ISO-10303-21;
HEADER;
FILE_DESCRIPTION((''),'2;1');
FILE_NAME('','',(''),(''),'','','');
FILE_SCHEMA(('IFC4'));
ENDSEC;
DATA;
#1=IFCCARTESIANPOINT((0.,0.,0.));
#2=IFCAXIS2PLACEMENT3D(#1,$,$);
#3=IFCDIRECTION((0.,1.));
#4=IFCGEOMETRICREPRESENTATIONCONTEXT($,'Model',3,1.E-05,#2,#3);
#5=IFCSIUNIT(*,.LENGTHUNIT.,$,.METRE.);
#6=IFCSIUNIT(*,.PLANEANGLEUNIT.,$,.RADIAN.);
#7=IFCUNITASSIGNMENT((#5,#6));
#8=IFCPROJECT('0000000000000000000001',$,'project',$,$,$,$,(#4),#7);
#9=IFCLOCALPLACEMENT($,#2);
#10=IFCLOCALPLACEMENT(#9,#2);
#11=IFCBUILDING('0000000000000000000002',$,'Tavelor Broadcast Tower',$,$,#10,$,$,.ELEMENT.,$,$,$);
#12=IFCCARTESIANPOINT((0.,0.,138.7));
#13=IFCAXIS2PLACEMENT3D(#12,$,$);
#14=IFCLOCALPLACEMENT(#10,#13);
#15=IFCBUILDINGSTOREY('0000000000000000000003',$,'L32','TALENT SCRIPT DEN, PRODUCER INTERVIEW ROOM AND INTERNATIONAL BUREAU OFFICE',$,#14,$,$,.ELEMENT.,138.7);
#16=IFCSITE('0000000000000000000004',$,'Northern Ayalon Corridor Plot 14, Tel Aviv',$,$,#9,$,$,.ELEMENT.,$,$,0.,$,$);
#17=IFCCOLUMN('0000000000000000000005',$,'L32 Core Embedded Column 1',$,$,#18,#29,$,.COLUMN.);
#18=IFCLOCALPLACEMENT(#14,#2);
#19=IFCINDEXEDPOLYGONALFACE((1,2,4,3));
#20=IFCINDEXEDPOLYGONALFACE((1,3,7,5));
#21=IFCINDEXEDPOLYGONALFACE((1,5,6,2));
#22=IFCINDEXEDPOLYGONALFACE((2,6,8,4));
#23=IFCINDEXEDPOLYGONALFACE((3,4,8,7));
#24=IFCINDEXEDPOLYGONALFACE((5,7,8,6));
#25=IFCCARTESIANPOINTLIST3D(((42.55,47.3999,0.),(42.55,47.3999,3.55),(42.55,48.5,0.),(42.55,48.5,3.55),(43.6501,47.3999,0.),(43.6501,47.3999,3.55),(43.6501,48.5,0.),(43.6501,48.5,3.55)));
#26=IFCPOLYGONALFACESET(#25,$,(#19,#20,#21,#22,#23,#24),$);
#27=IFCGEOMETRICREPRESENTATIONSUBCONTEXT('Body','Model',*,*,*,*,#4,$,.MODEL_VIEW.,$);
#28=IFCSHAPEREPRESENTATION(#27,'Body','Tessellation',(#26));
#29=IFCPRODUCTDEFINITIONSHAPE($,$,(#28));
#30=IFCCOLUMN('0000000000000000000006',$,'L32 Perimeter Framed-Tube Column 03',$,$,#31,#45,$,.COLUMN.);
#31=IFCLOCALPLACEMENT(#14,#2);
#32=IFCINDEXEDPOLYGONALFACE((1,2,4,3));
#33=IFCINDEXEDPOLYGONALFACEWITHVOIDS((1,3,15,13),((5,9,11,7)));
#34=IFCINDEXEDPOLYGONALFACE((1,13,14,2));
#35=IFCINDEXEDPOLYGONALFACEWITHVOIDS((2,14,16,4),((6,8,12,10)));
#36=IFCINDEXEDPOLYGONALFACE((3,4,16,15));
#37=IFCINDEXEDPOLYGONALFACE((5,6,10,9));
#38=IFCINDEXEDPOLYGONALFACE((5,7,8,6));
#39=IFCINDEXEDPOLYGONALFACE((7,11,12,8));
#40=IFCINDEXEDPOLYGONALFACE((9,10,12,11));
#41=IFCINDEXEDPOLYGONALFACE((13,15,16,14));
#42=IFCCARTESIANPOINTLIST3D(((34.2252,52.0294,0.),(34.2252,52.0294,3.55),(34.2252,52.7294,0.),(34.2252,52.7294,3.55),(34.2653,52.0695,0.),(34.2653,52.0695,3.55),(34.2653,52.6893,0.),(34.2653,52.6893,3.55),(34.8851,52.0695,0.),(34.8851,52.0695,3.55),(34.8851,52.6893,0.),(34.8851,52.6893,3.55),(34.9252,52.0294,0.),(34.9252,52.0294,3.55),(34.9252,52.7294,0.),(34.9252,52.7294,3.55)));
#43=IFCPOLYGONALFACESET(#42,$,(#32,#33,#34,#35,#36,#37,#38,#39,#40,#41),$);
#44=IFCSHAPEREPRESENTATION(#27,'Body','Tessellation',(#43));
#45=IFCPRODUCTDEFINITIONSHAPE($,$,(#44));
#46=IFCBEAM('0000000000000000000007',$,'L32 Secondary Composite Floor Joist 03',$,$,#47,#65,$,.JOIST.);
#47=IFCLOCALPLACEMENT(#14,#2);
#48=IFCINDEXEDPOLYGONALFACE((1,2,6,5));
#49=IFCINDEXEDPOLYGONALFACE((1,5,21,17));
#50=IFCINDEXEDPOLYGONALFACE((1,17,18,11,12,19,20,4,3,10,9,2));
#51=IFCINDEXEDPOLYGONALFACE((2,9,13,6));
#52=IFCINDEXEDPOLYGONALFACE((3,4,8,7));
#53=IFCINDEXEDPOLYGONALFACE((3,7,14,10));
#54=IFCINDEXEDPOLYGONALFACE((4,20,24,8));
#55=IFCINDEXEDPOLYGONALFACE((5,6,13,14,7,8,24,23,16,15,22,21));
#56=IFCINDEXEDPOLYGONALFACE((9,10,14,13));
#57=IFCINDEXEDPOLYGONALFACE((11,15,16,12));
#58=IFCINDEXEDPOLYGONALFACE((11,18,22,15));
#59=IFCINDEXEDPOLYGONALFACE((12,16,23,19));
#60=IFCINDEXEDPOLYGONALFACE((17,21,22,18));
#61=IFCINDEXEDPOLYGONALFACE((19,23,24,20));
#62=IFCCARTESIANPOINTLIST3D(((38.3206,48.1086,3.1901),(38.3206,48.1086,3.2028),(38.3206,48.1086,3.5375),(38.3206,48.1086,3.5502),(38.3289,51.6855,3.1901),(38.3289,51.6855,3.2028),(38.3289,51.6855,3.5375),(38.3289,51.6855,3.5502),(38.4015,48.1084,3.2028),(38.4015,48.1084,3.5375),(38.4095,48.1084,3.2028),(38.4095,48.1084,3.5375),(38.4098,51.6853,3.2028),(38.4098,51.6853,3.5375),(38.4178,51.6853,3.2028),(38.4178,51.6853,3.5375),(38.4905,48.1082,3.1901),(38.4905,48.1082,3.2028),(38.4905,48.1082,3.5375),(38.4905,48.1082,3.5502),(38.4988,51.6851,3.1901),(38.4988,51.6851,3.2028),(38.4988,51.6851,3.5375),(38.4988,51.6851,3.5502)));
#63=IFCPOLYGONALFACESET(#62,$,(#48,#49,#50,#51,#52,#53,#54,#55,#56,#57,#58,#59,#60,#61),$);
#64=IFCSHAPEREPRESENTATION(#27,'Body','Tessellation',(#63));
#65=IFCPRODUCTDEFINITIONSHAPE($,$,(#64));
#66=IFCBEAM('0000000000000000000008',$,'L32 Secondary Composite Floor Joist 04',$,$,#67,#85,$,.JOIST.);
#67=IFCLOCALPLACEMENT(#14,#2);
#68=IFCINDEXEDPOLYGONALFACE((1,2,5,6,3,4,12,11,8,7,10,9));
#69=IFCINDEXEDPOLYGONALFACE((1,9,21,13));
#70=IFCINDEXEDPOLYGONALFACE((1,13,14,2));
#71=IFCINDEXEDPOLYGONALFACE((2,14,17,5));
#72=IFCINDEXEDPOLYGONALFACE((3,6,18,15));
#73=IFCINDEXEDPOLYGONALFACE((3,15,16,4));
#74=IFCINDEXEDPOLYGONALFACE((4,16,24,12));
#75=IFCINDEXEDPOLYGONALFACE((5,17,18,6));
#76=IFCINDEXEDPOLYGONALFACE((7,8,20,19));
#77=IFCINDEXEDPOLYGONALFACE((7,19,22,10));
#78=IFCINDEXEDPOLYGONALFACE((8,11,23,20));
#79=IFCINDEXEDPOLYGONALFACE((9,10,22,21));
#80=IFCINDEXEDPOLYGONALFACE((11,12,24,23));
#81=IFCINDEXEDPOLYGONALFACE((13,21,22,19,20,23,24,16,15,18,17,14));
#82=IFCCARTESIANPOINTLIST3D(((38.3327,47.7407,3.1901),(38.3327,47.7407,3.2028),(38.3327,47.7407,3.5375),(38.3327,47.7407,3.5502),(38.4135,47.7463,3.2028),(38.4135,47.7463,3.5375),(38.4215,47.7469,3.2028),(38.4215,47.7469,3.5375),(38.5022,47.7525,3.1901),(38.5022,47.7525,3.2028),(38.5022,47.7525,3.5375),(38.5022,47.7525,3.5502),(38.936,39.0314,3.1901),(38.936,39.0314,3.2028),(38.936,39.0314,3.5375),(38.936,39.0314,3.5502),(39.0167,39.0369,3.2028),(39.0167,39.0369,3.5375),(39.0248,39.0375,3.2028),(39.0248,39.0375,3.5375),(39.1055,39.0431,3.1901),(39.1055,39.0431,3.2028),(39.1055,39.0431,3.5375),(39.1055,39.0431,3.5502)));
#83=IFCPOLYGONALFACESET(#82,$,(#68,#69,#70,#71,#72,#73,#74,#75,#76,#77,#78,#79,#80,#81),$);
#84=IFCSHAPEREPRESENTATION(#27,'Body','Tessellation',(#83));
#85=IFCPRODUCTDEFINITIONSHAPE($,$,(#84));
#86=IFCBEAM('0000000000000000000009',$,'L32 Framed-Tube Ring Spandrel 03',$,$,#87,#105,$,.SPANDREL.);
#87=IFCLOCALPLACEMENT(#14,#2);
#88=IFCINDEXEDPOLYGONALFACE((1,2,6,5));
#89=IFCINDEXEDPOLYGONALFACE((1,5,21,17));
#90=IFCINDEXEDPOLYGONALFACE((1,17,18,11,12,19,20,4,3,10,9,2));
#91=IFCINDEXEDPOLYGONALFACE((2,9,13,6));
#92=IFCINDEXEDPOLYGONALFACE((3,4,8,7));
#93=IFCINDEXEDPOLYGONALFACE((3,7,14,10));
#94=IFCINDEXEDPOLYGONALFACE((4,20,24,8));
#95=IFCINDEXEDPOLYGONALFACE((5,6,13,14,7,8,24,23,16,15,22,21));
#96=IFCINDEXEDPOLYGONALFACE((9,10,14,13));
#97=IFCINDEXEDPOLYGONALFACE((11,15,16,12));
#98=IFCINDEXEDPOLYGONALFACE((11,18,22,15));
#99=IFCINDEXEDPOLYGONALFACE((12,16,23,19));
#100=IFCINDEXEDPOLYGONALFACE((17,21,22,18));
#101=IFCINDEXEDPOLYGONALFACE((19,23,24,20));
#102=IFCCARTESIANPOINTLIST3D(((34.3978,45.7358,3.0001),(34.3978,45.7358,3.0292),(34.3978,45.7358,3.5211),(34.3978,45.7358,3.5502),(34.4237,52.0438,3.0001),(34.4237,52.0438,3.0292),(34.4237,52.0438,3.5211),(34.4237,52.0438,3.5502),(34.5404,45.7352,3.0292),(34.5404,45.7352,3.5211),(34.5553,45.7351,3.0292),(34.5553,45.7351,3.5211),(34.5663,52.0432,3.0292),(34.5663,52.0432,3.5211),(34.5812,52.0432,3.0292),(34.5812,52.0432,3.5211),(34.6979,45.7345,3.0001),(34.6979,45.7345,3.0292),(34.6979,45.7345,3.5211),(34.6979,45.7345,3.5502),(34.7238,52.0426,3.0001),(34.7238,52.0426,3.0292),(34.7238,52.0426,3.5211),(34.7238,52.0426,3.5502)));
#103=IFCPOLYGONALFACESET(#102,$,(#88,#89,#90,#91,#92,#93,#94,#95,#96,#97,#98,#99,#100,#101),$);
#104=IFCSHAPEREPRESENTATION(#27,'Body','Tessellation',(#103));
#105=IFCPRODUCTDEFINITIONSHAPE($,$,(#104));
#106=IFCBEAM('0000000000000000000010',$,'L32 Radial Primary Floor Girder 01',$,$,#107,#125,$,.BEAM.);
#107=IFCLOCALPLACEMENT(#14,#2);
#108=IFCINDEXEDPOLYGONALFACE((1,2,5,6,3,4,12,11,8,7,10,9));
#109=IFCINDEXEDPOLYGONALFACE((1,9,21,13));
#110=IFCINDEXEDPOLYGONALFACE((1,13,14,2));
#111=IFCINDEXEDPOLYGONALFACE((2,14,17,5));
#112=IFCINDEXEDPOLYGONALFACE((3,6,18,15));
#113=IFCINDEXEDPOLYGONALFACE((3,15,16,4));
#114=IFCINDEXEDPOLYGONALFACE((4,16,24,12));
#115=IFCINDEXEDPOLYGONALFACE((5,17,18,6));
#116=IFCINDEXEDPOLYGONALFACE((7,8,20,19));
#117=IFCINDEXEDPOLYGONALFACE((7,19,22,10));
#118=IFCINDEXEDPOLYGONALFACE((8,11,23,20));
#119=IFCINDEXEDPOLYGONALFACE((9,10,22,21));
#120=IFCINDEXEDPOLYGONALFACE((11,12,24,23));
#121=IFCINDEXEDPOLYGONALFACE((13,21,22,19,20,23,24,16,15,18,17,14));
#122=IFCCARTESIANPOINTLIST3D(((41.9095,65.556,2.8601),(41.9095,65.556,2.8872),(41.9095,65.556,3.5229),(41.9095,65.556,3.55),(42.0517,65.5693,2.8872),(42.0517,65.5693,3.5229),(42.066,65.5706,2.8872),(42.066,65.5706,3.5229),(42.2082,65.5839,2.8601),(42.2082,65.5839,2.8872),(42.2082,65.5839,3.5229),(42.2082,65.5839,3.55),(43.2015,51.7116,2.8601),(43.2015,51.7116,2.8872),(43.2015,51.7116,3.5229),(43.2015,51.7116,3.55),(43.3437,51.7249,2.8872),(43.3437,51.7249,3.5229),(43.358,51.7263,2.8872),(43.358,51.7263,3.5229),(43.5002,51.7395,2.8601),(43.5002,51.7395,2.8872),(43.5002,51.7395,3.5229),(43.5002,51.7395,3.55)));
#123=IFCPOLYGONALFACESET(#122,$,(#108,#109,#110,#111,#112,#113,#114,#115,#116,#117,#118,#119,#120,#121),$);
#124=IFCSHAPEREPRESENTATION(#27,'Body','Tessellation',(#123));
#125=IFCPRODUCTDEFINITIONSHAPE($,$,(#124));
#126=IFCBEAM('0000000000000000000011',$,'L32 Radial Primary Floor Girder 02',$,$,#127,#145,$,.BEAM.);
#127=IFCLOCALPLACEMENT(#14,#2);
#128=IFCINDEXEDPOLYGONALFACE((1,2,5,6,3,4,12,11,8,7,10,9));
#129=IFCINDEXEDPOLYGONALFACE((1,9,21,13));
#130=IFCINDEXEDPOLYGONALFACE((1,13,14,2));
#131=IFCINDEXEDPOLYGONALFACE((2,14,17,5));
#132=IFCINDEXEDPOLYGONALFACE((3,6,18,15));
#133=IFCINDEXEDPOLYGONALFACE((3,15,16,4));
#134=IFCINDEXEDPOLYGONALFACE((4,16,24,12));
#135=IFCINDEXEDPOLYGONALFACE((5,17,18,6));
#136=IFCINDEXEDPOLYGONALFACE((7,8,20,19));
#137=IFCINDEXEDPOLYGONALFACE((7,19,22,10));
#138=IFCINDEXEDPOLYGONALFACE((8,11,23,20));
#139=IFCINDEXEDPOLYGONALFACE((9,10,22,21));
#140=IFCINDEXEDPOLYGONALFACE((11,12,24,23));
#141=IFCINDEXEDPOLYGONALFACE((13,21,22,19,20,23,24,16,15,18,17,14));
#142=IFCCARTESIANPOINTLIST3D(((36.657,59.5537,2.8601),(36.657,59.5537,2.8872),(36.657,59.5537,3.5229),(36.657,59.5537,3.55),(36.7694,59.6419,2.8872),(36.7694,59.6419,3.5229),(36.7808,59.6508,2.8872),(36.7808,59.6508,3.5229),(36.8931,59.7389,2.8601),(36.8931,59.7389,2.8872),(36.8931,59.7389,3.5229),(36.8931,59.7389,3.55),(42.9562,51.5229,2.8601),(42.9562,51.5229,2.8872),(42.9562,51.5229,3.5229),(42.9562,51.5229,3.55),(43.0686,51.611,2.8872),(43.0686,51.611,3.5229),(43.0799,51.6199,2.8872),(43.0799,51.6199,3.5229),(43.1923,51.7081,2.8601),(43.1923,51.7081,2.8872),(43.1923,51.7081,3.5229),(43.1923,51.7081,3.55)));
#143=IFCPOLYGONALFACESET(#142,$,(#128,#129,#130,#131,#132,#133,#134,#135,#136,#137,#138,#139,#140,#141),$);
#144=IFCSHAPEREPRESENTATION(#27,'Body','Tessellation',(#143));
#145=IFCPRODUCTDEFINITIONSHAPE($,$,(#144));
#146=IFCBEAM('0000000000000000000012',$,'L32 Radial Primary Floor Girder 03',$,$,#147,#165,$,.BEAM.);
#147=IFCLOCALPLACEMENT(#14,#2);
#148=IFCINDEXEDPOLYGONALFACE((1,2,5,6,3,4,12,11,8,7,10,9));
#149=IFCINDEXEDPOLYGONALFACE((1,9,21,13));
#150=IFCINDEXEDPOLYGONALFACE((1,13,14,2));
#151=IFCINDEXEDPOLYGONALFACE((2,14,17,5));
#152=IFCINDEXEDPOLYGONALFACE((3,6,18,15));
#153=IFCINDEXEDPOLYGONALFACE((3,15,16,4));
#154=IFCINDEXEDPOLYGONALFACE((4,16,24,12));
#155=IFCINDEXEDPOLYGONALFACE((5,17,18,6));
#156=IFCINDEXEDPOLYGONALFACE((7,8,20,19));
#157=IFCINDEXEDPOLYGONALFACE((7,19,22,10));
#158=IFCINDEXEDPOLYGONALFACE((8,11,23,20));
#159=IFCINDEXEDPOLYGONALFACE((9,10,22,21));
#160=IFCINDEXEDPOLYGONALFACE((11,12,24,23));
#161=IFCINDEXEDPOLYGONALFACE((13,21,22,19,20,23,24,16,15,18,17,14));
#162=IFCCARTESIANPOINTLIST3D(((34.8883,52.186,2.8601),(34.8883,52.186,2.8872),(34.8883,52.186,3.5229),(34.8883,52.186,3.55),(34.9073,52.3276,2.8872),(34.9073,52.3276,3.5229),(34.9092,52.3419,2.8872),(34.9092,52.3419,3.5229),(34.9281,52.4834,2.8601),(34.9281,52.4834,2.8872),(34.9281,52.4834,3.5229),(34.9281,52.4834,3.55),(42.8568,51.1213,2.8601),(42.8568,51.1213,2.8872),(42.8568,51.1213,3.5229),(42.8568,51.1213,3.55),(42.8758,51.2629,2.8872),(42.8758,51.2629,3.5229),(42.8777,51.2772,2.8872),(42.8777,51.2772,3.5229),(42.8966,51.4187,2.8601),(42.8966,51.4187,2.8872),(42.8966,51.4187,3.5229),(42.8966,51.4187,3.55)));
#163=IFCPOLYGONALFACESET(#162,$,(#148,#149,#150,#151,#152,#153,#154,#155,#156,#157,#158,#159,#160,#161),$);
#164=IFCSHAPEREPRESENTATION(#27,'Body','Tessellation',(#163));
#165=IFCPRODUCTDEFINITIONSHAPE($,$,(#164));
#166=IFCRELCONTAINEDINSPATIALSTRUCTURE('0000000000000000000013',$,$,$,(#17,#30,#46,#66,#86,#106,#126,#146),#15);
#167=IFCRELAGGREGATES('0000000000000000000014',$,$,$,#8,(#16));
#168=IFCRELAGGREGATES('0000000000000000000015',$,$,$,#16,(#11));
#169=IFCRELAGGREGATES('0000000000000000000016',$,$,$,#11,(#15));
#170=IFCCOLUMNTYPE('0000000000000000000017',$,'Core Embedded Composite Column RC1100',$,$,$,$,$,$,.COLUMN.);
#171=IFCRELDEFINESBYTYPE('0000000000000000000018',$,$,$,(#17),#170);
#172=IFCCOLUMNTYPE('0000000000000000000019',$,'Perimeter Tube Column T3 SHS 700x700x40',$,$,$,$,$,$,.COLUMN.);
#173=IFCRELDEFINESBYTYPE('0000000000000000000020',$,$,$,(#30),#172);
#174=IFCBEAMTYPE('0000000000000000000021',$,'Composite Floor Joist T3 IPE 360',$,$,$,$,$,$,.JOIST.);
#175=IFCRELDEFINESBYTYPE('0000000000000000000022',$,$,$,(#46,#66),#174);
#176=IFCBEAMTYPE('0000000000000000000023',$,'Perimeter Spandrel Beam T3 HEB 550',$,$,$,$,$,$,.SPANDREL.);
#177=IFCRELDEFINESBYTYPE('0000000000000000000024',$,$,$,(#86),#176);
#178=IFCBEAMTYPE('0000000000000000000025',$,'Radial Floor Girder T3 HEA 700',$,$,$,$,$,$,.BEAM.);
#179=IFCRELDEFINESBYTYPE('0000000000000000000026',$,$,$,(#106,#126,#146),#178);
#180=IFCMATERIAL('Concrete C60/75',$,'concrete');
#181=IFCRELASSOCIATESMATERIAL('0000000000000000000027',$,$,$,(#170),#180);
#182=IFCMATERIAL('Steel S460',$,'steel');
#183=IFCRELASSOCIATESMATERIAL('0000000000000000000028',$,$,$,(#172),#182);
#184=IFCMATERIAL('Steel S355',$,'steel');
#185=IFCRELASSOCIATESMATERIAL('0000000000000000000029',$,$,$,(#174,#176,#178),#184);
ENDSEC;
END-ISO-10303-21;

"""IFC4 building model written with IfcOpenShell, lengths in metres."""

from ifc_helpers import new_model, si_unit, direction, frame, origin, origin_2d, place, context, subcontext, project, spatial, rectangle, hollow_rectangle, i_section, extrude, material, material_profile, profile_set, type_object, element, save


model = new_model("IFC4")

# Units and contexts
model_context = context("Model", 3, precision=1e-05, world=origin(), true_north=direction((0.0, 1.0)))
body_context = subcontext(model_context, "Body", "Model", "MODEL_VIEW")
ifc_project = project(units=[si_unit("LENGTHUNIT", "METRE"), si_unit("PLANEANGLEUNIT", "RADIAN")], contexts=[model_context])

# Site, building, storey
site_placement = place(None, origin())
site = spatial("IfcSite", under=ifc_project, at=site_placement, Name="Northern Ayalon Corridor Plot 14, Tel Aviv", CompositionType="ELEMENT", RefElevation=0.0)
building_placement = place(site_placement, origin())
building = spatial("IfcBuilding", under=site, at=building_placement, Name="Tavelor Broadcast Tower", CompositionType="ELEMENT")
storey_placement = place(building_placement, frame((0.0, 0.0, 138.7)))
storey = spatial("IfcBuildingStorey", under=building, at=storey_placement, Name="L32", Description="TALENT SCRIPT DEN, PRODUCER INTERVIEW ROOM AND INTERNATIONAL BUREAU OFFICE", CompositionType="ELEMENT", Elevation=138.7)

# Columns
ifc_material_1 = material(Name="Concrete C60/75", Category="concrete")
ifc_material_profile_1 = material_profile(ifc_material_1, rectangle(XDim=1.1001, YDim=1.1001, at=origin_2d()), Name="RC 1100x1100")
ifc_profile_set_1 = profile_set([ifc_material_profile_1], Name="Concrete C60/75")
column_type_1 = type_object("IfcColumnType", Name="Core Embedded Composite Column RC1100", PredefinedType="COLUMN", material=ifc_profile_set_1)
column_1_placement = place(storey_placement, frame((43.1001, 47.95, 0.0), z_axis=(0.0, 0.0, 1.0), x_axis=(1.0, 0.0, 0.0)))
element("IfcColumn", 1, at=column_1_placement, inside=storey, type_object=column_type_1, Name="L32 Core Embedded Column 1", PredefinedType="COLUMN", context=body_context, shape_type="SweptSolid", body=[
    extrude(rectangle(XDim=1.1001, YDim=1.1001, at=origin_2d()), origin(), (0.0, 0.0, 1.0), 3.55),
])
ifc_material_2 = material(Name="Steel S460", Category="steel")
ifc_material_profile_2 = material_profile(ifc_material_2, hollow_rectangle(XDim=0.7, YDim=0.7, WallThickness=0.04, at=origin_2d()), Name="SHS 700x700x40")
ifc_profile_set_2 = profile_set([ifc_material_profile_2], Name="Steel S460")
column_type_2 = type_object("IfcColumnType", Name="Perimeter Tube Column T3 SHS 700x700x40", PredefinedType="COLUMN", material=ifc_profile_set_2)
column_2_placement = place(storey_placement, frame((34.5752, 52.3794, 0.0), z_axis=(0.0, 0.0, 1.0), x_axis=(1.0, 0.0, 0.0)))
element("IfcColumn", 2, at=column_2_placement, inside=storey, type_object=column_type_2, Name="L32 Perimeter Framed-Tube Column 03", PredefinedType="COLUMN", context=body_context, shape_type="SweptSolid", body=[
    extrude(hollow_rectangle(XDim=0.7, YDim=0.7, WallThickness=0.04, at=origin_2d()), origin(), (0.0, 0.0, 1.0), 3.55),
])

# Beams
ifc_material_3 = material(Name="Steel S355", Category="steel")
ifc_material_profile_3 = material_profile(ifc_material_3, i_section(OverallWidth=0.1699, OverallDepth=0.3601, WebThickness=0.0081, FlangeThickness=0.0127, at=origin_2d()), Name="IPE 360")
ifc_profile_set_3 = profile_set([ifc_material_profile_3], Name="Steel S355")
beam_type_1 = type_object("IfcBeamType", Name="Composite Floor Joist T3 IPE 360", PredefinedType="JOIST", material=ifc_profile_set_3)
beam_1_placement = place(storey_placement, frame((38.4138, 51.6853, 3.3701), z_axis=(-0.002321, -0.999997, 0.0), x_axis=(0.999997, -0.002321, 0.0)))
element("IfcBeam", 3, at=beam_1_placement, inside=storey, type_object=beam_type_1, Name="L32 Secondary Composite Floor Joist 03", PredefinedType="JOIST", context=body_context, shape_type="SweptSolid", body=[
    extrude(i_section(OverallWidth=0.1699, OverallDepth=0.3601, WebThickness=0.0081, FlangeThickness=0.0127, at=origin_2d()), origin(), (0.0, 0.0, 1.0), 3.5769),
])
beam_2_placement = place(storey_placement, frame((38.4175, 47.7466, 3.3701), z_axis=(0.069101, -0.99761, 0.0), x_axis=(0.99761, 0.069101, 0.0)))
element("IfcBeam", 4, at=beam_2_placement, inside=storey, type_object=beam_type_1, Name="L32 Secondary Composite Floor Joist 04", PredefinedType="JOIST", context=body_context, shape_type="SweptSolid", body=[
    extrude(i_section(OverallWidth=0.1699, OverallDepth=0.3601, WebThickness=0.0081, FlangeThickness=0.0127, at=origin_2d()), origin(), (0.0, 0.0, 1.0), 8.7302),
])
ifc_material_profile_4 = material_profile(ifc_material_3, i_section(OverallWidth=0.3, OverallDepth=0.55, WebThickness=0.0149, FlangeThickness=0.0291, at=origin_2d()), Name="HEB 550")
ifc_profile_set_4 = profile_set([ifc_material_profile_4], Name="Steel S355")
beam_type_2 = type_object("IfcBeamType", Name="Perimeter Spandrel Beam T3 HEB 550", PredefinedType="SPANDREL", material=ifc_profile_set_4)
beam_3_placement = place(storey_placement, frame((34.5737, 52.0432, 3.2751), z_axis=(-0.004102, -0.999992, 0.0), x_axis=(0.999992, -0.004102, 0.0)))
element("IfcBeam", 5, at=beam_3_placement, inside=storey, type_object=beam_type_2, Name="L32 Framed-Tube Ring Spandrel 03", PredefinedType="SPANDREL", context=body_context, shape_type="SweptSolid", body=[
    extrude(i_section(OverallWidth=0.3, OverallDepth=0.55, WebThickness=0.0149, FlangeThickness=0.0291, at=origin_2d()), origin(), (0.0, 0.0, 1.0), 6.3081),
])
ifc_material_profile_5 = material_profile(ifc_material_3, i_section(OverallWidth=0.3, OverallDepth=0.6899, WebThickness=0.0144, FlangeThickness=0.0271, at=origin_2d()), Name="HEA 700")
ifc_profile_set_5 = profile_set([ifc_material_profile_5], Name="Steel S355")
beam_type_3 = type_object("IfcBeamType", Name="Radial Floor Girder T3 HEA 700", PredefinedType="BEAM", material=ifc_profile_set_5)
beam_4_placement = place(storey_placement, frame((43.3508, 51.7256, 3.2051), z_axis=(-0.092918, 0.995674, 0.0), x_axis=(-0.995674, -0.092918, 0.0)))
element("IfcBeam", 6, at=beam_4_placement, inside=storey, type_object=beam_type_3, Name="L32 Radial Primary Floor Girder 01", PredefinedType="BEAM", context=body_context, shape_type="SweptSolid", body=[
    extrude(i_section(OverallWidth=0.3, OverallDepth=0.6899, WebThickness=0.0144, FlangeThickness=0.0271, at=origin_2d()), origin(), (0.0, 0.0, 1.0), 13.9045),
])
beam_5_placement = place(storey_placement, frame((43.0742, 51.6155, 3.2051), z_axis=(-0.617166, 0.786833, 0.0), x_axis=(-0.786833, -0.617166, 0.0)))
element("IfcBeam", 7, at=beam_5_placement, inside=storey, type_object=beam_type_3, Name="L32 Radial Primary Floor Girder 02", PredefinedType="BEAM", context=body_context, shape_type="SweptSolid", body=[
    extrude(i_section(OverallWidth=0.3, OverallDepth=0.6899, WebThickness=0.0144, FlangeThickness=0.0271, at=origin_2d()), origin(), (0.0, 0.0, 1.0), 10.2065),
])
beam_6_placement = place(storey_placement, frame((42.8767, 51.27, 3.2051), z_axis=(-0.991192, 0.132436, 0.0), x_axis=(-0.132436, -0.991192, 0.0)))
element("IfcBeam", 8, at=beam_6_placement, inside=storey, type_object=beam_type_3, Name="L32 Radial Primary Floor Girder 03", PredefinedType="BEAM", context=body_context, shape_type="SweptSolid", body=[
    extrude(i_section(OverallWidth=0.3, OverallDepth=0.6899, WebThickness=0.0144, FlangeThickness=0.0271, at=origin_2d()), origin(), (0.0, 0.0, 1.0), 8.0393),
])

save(model, "model.ifc")
